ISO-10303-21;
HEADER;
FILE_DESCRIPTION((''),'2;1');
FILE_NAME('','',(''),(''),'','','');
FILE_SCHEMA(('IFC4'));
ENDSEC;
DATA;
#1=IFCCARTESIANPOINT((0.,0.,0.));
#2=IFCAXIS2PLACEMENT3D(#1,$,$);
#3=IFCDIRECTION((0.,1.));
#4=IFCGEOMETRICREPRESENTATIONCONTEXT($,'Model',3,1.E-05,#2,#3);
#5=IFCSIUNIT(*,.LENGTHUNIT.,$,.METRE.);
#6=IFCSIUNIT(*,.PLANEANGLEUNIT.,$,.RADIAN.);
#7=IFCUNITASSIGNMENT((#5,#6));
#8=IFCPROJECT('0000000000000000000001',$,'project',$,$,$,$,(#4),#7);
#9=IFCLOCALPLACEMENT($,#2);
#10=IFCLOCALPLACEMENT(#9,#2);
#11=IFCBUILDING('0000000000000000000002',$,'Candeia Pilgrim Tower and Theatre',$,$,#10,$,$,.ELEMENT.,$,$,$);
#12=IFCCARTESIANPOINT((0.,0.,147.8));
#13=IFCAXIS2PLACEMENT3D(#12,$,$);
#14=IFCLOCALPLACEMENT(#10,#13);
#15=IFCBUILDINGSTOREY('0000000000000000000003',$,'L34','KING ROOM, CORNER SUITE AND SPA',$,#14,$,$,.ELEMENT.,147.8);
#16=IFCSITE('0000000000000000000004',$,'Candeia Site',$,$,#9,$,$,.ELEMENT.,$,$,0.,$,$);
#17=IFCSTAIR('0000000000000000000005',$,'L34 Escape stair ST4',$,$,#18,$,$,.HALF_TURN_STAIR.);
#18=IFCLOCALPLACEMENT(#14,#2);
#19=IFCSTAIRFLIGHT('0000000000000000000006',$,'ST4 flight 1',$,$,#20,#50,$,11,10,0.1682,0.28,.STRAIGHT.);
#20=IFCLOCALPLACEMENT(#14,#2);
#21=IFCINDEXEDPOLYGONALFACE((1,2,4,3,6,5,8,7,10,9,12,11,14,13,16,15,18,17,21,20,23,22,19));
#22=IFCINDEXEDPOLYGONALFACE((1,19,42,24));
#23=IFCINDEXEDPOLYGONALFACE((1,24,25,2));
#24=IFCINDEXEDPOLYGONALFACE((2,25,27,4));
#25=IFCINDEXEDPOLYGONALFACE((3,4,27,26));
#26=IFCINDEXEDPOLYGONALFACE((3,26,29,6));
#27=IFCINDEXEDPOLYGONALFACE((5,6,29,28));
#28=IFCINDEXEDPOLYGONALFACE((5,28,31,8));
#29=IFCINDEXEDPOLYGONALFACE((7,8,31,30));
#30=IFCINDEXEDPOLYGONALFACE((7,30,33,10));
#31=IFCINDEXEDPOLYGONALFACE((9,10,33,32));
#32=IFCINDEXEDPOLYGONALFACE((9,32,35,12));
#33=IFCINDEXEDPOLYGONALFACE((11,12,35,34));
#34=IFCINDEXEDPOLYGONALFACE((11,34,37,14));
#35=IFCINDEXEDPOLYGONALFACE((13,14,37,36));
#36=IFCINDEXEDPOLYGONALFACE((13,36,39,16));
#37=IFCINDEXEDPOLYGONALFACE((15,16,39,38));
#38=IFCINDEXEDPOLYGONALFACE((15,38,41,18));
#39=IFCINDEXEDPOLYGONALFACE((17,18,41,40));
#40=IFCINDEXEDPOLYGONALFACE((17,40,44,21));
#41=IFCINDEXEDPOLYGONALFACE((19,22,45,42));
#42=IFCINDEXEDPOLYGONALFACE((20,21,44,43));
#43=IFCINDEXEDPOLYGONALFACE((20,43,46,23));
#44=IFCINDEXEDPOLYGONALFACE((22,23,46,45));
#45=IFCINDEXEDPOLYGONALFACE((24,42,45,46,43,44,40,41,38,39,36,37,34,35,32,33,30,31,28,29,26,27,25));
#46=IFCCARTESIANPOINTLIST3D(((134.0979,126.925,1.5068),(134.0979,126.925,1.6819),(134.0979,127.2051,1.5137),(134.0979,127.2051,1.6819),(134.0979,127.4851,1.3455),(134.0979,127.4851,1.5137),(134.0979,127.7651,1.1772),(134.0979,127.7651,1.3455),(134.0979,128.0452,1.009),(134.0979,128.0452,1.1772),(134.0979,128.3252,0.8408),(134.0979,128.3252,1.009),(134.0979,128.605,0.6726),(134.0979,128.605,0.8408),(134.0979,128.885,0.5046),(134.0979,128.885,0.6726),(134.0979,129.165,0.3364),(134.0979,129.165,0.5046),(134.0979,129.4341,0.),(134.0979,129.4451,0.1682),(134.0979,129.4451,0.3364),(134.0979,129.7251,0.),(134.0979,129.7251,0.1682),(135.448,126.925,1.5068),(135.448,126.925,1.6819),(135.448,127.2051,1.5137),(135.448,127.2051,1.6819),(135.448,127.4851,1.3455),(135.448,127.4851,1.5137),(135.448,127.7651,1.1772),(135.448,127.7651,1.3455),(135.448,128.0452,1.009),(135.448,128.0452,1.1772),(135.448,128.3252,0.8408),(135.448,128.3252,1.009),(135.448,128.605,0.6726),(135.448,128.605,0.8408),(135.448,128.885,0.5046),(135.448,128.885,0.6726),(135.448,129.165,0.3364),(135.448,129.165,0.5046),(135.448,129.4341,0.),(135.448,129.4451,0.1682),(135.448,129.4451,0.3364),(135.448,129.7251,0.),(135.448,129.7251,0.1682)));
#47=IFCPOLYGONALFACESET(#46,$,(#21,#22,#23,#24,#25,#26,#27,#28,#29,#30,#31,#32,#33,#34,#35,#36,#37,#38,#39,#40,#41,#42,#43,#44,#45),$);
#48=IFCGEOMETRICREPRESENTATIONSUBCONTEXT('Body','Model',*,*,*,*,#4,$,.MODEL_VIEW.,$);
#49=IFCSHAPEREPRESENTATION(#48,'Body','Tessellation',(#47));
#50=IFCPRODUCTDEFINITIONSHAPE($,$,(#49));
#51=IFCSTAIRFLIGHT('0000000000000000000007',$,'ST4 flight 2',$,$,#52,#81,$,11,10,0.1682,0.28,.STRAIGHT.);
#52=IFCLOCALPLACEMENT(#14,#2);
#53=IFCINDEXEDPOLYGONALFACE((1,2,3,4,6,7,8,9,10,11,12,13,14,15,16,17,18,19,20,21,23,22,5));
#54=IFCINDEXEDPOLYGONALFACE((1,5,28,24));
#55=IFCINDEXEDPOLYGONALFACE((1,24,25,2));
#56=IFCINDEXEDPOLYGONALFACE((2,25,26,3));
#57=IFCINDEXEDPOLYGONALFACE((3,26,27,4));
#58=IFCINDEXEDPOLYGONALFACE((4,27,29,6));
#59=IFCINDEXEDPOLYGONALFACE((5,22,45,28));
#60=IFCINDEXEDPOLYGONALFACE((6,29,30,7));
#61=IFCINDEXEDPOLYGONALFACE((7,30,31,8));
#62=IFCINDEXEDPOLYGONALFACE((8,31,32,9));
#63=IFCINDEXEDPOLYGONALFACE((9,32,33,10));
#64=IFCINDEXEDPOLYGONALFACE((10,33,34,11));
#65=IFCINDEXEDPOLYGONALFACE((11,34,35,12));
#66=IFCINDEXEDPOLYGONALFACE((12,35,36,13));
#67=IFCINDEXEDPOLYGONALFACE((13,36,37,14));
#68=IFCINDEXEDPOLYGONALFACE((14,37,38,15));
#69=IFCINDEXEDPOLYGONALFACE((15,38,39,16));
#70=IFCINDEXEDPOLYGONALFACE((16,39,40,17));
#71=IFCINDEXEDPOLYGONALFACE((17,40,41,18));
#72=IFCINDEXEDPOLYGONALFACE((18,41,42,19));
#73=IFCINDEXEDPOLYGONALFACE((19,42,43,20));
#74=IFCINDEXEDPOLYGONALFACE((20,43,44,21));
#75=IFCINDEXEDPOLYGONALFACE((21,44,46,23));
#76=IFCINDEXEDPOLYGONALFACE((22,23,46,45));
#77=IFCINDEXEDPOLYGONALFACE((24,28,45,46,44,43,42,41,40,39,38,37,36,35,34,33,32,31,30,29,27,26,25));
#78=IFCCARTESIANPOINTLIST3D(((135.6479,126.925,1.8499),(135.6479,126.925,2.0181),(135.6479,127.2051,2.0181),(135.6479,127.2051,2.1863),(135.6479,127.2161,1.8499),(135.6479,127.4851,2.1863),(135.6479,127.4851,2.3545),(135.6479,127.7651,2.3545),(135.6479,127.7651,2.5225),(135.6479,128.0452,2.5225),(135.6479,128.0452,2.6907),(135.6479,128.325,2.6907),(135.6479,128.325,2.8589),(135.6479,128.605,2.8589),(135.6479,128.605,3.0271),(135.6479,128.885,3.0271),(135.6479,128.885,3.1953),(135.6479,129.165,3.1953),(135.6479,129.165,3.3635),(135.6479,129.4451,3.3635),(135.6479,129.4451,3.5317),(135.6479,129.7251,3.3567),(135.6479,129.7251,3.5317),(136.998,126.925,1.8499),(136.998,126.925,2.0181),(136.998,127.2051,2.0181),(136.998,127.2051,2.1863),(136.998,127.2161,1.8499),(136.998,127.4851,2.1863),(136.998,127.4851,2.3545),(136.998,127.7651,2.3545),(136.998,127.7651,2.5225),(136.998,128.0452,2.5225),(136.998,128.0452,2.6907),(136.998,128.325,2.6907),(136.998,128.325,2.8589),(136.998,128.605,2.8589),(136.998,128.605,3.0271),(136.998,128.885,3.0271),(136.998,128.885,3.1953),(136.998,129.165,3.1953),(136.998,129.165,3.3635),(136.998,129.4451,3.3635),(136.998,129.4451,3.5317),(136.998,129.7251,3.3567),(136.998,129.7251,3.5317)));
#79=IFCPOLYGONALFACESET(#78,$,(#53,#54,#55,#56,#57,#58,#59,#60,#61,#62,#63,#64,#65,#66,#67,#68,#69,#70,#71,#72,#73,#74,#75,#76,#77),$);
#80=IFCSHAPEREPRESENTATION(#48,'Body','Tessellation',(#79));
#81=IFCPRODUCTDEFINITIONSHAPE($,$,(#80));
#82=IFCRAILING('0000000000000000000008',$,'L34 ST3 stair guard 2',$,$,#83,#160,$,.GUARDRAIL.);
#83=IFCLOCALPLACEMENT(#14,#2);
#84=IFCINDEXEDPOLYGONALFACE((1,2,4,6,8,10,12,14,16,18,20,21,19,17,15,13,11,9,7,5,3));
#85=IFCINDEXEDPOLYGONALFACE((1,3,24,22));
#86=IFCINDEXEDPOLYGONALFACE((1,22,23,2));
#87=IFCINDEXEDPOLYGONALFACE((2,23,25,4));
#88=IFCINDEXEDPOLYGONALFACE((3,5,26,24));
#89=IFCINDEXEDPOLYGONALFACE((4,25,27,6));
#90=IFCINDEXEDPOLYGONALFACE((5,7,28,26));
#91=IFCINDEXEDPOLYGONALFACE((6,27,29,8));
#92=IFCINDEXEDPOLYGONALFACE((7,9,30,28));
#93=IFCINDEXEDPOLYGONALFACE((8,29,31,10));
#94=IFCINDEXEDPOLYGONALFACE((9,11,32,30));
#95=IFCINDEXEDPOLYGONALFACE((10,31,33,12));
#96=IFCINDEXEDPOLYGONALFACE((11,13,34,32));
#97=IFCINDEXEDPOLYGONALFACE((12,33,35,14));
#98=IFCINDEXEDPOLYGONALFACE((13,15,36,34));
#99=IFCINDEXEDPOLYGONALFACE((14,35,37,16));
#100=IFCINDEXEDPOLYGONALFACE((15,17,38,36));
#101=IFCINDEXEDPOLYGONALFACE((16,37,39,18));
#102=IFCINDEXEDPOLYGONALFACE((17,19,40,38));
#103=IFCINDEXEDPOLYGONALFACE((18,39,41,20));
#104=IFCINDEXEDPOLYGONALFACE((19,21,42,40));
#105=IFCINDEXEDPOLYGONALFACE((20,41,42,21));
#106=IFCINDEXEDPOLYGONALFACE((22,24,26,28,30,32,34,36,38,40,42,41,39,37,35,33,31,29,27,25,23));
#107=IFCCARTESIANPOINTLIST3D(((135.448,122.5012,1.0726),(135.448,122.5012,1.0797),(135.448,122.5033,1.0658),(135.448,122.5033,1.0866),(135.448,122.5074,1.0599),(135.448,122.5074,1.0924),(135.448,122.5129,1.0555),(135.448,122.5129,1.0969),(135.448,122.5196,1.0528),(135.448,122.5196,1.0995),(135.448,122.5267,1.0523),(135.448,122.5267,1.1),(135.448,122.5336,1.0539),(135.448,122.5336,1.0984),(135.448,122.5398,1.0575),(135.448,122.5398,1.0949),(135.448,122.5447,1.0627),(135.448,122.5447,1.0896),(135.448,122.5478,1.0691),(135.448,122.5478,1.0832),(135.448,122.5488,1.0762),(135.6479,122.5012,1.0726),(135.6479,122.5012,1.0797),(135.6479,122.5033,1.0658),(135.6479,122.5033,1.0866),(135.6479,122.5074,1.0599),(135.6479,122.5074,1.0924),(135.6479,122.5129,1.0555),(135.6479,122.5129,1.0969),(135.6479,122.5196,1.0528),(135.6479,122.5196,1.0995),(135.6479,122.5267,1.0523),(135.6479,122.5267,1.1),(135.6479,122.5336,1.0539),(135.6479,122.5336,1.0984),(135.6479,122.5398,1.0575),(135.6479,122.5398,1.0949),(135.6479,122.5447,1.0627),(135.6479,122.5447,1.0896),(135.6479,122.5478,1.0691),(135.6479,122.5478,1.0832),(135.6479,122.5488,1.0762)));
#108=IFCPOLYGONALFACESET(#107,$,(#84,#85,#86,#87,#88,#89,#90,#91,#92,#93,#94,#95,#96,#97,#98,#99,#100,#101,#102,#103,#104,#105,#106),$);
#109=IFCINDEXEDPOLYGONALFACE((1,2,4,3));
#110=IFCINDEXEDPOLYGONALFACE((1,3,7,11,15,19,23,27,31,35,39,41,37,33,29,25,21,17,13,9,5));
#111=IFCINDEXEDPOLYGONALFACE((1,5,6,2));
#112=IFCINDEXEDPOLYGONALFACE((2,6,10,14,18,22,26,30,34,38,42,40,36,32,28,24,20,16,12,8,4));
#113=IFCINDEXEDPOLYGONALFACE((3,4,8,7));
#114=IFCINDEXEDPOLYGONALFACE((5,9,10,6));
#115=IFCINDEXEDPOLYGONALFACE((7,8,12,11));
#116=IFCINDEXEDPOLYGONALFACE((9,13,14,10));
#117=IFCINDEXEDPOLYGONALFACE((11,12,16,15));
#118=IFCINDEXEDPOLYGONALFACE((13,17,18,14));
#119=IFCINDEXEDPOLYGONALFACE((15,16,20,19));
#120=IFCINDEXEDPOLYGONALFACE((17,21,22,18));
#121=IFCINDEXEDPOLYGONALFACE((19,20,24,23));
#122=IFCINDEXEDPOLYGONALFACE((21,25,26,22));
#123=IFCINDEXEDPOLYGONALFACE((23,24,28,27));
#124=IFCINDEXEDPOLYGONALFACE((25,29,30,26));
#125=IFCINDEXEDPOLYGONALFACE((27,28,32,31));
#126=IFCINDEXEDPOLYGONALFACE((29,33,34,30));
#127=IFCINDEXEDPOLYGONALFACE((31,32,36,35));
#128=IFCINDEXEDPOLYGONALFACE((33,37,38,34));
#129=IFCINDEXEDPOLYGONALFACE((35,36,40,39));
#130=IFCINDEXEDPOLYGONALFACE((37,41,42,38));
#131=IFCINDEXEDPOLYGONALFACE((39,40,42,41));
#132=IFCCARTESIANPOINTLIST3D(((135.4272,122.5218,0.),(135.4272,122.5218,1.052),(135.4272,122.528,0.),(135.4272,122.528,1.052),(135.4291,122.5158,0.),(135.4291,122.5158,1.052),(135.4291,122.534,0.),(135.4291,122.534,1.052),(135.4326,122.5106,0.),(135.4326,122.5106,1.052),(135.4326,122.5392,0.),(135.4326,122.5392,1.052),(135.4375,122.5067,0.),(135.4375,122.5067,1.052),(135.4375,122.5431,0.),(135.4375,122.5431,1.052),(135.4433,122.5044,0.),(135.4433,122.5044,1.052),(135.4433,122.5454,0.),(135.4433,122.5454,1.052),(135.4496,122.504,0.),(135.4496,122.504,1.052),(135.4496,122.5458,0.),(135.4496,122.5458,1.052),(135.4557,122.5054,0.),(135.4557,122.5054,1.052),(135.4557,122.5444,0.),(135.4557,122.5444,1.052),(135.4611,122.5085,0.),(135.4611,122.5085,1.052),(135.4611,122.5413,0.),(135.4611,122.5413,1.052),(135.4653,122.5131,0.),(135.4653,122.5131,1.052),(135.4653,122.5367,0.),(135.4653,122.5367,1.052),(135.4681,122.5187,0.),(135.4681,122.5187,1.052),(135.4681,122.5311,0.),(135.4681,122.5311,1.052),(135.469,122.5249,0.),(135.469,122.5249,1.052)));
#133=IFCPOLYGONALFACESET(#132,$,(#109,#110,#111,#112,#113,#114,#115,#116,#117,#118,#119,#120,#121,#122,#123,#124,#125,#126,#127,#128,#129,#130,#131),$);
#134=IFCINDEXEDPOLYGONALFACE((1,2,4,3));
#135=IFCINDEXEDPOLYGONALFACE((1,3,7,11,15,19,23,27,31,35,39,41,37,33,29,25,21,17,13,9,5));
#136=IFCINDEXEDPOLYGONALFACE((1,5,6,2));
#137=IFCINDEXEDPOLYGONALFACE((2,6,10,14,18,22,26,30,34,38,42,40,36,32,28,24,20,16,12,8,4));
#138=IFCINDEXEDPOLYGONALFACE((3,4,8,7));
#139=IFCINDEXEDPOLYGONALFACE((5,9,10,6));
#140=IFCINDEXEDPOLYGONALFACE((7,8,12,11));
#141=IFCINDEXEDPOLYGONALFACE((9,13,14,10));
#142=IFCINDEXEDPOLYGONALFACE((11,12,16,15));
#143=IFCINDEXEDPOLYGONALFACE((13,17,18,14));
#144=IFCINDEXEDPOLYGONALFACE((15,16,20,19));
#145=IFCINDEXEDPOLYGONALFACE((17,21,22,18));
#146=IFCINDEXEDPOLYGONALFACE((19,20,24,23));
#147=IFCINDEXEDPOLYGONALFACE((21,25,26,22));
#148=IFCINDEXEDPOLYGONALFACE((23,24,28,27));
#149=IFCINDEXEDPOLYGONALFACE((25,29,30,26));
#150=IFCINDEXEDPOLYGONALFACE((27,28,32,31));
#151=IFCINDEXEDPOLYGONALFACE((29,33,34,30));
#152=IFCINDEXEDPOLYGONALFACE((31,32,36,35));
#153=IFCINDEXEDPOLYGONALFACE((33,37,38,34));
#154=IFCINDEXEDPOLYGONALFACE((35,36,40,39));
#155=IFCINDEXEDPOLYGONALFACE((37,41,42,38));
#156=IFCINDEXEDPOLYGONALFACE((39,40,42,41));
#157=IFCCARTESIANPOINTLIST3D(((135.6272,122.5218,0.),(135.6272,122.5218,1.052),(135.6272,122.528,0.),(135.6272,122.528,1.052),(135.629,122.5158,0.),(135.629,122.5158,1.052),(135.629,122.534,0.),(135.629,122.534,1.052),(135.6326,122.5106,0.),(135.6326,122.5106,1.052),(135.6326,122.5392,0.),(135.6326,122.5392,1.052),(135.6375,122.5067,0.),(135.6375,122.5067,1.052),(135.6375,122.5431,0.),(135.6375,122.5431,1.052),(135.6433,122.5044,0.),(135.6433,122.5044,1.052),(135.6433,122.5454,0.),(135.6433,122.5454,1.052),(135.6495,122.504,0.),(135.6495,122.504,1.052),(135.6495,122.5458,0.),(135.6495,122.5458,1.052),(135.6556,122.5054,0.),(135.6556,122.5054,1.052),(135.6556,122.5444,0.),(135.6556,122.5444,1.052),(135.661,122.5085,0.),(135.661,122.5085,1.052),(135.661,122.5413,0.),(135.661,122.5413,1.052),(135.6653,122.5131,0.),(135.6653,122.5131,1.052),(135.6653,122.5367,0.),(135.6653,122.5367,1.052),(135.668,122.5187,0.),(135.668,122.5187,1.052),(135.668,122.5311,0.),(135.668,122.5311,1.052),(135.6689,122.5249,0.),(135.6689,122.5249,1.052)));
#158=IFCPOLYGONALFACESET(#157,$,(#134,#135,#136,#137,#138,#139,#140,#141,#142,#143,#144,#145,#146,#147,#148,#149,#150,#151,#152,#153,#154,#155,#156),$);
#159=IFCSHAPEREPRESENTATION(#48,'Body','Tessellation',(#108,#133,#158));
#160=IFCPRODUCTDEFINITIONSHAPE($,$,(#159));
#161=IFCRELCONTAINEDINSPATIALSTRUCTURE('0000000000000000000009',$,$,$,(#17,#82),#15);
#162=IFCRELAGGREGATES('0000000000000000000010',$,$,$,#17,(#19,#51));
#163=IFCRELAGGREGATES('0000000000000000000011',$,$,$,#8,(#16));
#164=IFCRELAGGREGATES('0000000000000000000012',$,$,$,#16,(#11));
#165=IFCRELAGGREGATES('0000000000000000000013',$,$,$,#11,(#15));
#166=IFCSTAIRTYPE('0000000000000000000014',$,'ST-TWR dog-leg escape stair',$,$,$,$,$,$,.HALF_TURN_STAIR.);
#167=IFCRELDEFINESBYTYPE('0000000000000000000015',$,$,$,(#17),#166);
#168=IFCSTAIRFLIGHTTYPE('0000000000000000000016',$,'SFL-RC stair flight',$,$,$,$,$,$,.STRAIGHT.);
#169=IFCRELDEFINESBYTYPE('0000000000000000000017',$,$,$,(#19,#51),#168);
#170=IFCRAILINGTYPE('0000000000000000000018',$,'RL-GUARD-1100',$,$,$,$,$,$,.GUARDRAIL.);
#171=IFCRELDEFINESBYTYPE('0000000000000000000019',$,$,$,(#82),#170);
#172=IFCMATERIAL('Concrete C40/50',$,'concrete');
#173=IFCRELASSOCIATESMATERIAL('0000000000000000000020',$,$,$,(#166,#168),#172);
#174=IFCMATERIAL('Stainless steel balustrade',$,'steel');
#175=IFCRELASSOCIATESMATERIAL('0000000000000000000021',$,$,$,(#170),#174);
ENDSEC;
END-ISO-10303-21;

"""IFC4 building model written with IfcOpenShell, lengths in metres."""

from ifc_helpers import new_model, si_unit, direction, frame, origin, origin_2d, place, context, subcontext, project, spatial, polyline, circle, outline, extrude, material, type_object, element, aggregate, save


model = new_model("IFC4")

# Units and contexts
model_context = context("Model", 3, precision=1e-05, world=origin(), true_north=direction((0.0, 1.0)))
body_context = subcontext(model_context, "Body", "Model", "MODEL_VIEW")
ifc_project = project(units=[si_unit("LENGTHUNIT", "METRE"), si_unit("PLANEANGLEUNIT", "RADIAN")], contexts=[model_context])

# Site, building, storey
site_placement = place(None, origin())
site = spatial("IfcSite", under=ifc_project, at=site_placement, Name="Candeia Site", CompositionType="ELEMENT", RefElevation=0.0)
building_placement = place(site_placement, origin())
building = spatial("IfcBuilding", under=site, at=building_placement, Name="Candeia Pilgrim Tower and Theatre", CompositionType="ELEMENT")
storey_placement = place(building_placement, frame((0.0, 0.0, 147.8)))
storey = spatial("IfcBuildingStorey", under=building, at=storey_placement, Name="L34", Description="KING ROOM, CORNER SUITE AND SPA", CompositionType="ELEMENT", Elevation=147.8)

# Shared definitions
ifc_material_1 = material(Name="Concrete C40/50", Category="concrete")

# Stair, stair flights
stair_type = type_object("IfcStairType", Name="ST-TWR dog-leg escape stair", PredefinedType="HALF_TURN_STAIR", material=ifc_material_1)
stair_flight_type = type_object("IfcStairFlightType", Name="SFL-RC stair flight", PredefinedType="STRAIGHT", material=ifc_material_1)
stair_1_placement = place(storey_placement, origin())
stair_1 = element("IfcStair", 1, at=stair_1_placement, inside=storey, type_object=stair_type, Name="L34 Escape stair ST4", PredefinedType="HALF_TURN_STAIR")
stair_flight_1_placement = place(storey_placement, frame((134.7729, 129.7251, 0.0), z_axis=(0.0, 0.0, 1.0), x_axis=(0.0, -1.0, 0.0)))
stair_flight_1 = element("IfcStairFlight", 2, at=stair_flight_1_placement, type_object=stair_flight_type, Name="ST4 flight 1", NumberOfRisers=11, NumberOfTreads=10, PredefinedType="STRAIGHT", RiserHeight=0.1682, TreadLength=0.28, context=body_context, shape_type="SweptSolid", body=[
    extrude(outline(polyline([(0.0, 0.0), (0.0, 0.1682), (0.28, 0.1682), (0.28, 0.3364), (0.5601, 0.3364), (0.5601, 0.5046), (0.8401, 0.5046), (0.8401, 0.6726), (1.1201, 0.6726), (1.1201, 0.8408), (1.3999, 0.8408), (1.3999, 1.009), (1.6799, 1.009), (1.6799, 1.1772), (1.96, 1.1772), (1.96, 1.3455), (2.24, 1.3455), (2.24, 1.5137), (2.52, 1.5137), (2.52, 1.6819), (2.8, 1.6819), (2.8, 1.8501), (2.8, 1.5068), (0.291, 0.0), (0.0, 0.0)])), frame((0.0, 0.675, 0.0), z_axis=(0.0, -1.0, 0.0), x_axis=(1.0, 0.0, 0.0)), (0.0, 0.0, 1.0), 1.3501),
])
stair_flight_2_placement = place(storey_placement, frame((136.323, 126.925, 1.8499), z_axis=(0.0, 0.0, 1.0), x_axis=(0.0, 1.0, 0.0)))
stair_flight_2 = element("IfcStairFlight", 3, at=stair_flight_2_placement, type_object=stair_flight_type, Name="ST4 flight 2", NumberOfRisers=11, NumberOfTreads=10, PredefinedType="STRAIGHT", RiserHeight=0.1682, TreadLength=0.28, context=body_context, shape_type="SweptSolid", body=[
    extrude(outline(polyline([(0.0, 0.0), (0.0, 0.1682), (0.28, 0.1682), (0.28, 0.3364), (0.5601, 0.3364), (0.5601, 0.5046), (0.8401, 0.5046), (0.8401, 0.6726), (1.1201, 0.6726), (1.1201, 0.8408), (1.3999, 0.8408), (1.3999, 1.009), (1.6799, 1.009), (1.6799, 1.1772), (1.96, 1.1772), (1.96, 1.3455), (2.24, 1.3455), (2.24, 1.5137), (2.52, 1.5137), (2.52, 1.6819), (2.8, 1.6819), (2.8, 1.8501), (2.8, 1.5068), (0.291, 0.0), (0.0, 0.0)])), frame((0.0, 0.675, 0.0), z_axis=(0.0, -1.0, 0.0), x_axis=(1.0, 0.0, 0.0)), (0.0, 0.0, 1.0), 1.3501),
])
aggregate(stair_1, [stair_flight_1, stair_flight_2])

# Railing
ifc_material_2 = material(Name="Stainless steel balustrade", Category="steel")
railing_type_1 = type_object("IfcRailingType", Name="RL-GUARD-1100", PredefinedType="GUARDRAIL", material=ifc_material_2)
railing_1_placement = place(storey_placement, frame((135.448, 122.5249, 0.0)))
element("IfcRailing", 4, at=railing_1_placement, inside=storey, type_object=railing_type_1, Name="L34 ST3 stair guard 2", PredefinedType="GUARDRAIL", context=body_context, shape_type="SweptSolid", body=[
    extrude(circle(Radius=0.0239, at=origin_2d()), frame((0.0, 0.0, 1.0762), z_axis=(1.0, 0.0, 0.0), x_axis=(0.0, 1.0, 0.0)), (0.0, 0.0, 1.0), 0.2),
    extrude(circle(Radius=0.021, at=origin_2d()), origin(), (0.0, 0.0, 1.0), 1.052),
    extrude(circle(Radius=0.021, at=origin_2d()), frame((0.2, 0.0, 0.0)), (0.0, 0.0, 1.0), 1.052),
])

save(model, "model.ifc")
